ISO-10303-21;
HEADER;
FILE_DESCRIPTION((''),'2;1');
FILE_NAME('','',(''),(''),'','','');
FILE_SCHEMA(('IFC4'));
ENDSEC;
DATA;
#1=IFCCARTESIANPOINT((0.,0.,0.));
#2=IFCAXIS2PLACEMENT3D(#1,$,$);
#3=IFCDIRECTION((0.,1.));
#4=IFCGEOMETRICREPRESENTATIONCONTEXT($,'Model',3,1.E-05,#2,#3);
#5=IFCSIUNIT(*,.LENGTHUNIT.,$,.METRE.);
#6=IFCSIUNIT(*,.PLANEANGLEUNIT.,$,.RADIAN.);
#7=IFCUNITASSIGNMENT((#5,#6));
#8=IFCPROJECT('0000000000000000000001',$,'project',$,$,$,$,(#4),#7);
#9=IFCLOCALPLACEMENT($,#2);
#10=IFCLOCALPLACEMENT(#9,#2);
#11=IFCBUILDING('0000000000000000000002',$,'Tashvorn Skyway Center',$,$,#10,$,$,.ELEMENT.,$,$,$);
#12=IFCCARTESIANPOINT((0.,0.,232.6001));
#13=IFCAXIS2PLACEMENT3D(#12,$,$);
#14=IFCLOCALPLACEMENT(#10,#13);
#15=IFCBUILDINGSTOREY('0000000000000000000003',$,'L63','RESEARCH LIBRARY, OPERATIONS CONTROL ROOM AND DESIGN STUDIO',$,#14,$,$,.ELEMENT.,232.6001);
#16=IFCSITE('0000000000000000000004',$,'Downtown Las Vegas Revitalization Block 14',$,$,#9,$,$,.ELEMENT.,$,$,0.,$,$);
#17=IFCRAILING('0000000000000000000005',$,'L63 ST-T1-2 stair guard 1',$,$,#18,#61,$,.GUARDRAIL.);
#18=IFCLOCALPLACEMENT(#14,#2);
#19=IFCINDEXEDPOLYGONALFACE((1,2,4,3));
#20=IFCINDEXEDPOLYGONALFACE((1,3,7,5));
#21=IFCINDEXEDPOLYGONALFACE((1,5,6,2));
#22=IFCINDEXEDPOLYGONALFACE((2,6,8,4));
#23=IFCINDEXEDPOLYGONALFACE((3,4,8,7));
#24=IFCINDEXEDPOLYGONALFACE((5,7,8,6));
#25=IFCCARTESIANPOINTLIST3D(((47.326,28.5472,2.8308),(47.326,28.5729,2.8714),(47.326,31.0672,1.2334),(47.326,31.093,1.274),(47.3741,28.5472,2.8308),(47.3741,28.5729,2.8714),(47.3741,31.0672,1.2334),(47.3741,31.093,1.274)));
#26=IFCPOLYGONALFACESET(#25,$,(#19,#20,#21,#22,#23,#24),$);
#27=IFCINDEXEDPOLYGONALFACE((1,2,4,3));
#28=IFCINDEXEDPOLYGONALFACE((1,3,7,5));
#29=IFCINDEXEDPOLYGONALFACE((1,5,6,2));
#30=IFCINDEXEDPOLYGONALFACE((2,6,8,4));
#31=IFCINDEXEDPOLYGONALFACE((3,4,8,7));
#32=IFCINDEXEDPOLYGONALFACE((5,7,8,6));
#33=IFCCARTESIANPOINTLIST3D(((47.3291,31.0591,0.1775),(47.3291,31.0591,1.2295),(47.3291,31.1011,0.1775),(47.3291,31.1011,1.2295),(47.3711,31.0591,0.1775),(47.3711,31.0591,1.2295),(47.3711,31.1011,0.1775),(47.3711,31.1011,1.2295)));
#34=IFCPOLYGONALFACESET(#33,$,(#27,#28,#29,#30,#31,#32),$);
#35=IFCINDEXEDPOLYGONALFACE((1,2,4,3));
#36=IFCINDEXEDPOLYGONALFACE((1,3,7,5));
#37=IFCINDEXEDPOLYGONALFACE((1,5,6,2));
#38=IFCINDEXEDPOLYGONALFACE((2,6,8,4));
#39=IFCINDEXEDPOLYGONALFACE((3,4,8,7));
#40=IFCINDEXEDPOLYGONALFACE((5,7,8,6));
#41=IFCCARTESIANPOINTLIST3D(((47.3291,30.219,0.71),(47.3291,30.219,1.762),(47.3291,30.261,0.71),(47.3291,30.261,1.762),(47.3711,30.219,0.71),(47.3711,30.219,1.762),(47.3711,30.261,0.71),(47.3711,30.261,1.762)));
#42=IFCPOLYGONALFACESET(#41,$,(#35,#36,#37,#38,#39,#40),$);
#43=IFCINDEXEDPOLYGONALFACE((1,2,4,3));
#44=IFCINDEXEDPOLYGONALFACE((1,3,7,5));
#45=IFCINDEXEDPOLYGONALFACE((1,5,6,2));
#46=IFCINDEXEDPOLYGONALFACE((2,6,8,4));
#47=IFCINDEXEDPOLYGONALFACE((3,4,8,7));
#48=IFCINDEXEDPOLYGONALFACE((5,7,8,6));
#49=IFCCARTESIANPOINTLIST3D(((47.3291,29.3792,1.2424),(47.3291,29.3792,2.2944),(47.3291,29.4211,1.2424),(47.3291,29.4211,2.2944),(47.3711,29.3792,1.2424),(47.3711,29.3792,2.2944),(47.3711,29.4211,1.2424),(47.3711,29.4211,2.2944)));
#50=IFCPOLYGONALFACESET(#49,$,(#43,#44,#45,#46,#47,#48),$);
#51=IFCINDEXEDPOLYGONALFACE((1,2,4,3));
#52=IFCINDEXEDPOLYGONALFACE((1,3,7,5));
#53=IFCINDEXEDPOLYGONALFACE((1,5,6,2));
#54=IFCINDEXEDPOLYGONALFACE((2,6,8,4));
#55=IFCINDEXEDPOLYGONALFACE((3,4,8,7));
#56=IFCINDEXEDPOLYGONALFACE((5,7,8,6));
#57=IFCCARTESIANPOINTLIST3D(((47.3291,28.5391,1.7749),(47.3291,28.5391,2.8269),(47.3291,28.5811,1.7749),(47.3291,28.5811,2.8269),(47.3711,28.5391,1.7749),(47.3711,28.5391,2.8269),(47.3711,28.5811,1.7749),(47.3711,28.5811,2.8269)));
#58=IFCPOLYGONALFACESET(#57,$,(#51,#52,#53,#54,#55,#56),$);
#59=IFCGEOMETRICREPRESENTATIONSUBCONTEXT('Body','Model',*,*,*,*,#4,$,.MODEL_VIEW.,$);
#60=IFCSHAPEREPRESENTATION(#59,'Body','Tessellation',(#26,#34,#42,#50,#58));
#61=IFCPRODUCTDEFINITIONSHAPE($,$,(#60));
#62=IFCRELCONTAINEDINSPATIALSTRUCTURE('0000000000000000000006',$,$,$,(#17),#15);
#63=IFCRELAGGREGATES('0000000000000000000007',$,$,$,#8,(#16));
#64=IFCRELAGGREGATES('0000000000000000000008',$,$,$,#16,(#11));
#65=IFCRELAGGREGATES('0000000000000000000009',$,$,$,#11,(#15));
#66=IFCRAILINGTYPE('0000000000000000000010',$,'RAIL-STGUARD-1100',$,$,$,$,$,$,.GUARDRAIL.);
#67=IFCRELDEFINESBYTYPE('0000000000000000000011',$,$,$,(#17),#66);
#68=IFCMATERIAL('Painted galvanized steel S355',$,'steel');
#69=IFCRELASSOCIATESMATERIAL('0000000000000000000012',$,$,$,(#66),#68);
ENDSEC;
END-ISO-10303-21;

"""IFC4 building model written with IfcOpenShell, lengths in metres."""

from ifc_helpers import new_model, si_unit, direction, frame, origin, origin_2d, place, context, subcontext, project, spatial, rectangle, extrude, material, type_object, element, save


model = new_model("IFC4")

# Units and contexts
model_context = context("Model", 3, precision=1e-05, world=origin(), true_north=direction((0.0, 1.0)))
body_context = subcontext(model_context, "Body", "Model", "MODEL_VIEW")
ifc_project = project(units=[si_unit("LENGTHUNIT", "METRE"), si_unit("PLANEANGLEUNIT", "RADIAN")], contexts=[model_context])

# Site, building, storey
site_placement = place(None, origin())
site = spatial("IfcSite", under=ifc_project, at=site_placement, Name="Downtown Las Vegas Revitalization Block 14", CompositionType="ELEMENT", RefElevation=0.0)
building_placement = place(site_placement, origin())
building = spatial("IfcBuilding", under=site, at=building_placement, Name="Tashvorn Skyway Center", CompositionType="ELEMENT")
storey_placement = place(building_placement, frame((0.0, 0.0, 232.6001)))
storey = spatial("IfcBuildingStorey", under=building, at=storey_placement, Name="L63", Description="RESEARCH LIBRARY, OPERATIONS CONTROL ROOM AND DESIGN STUDIO", CompositionType="ELEMENT", Elevation=232.6001)

# Railing
ifc_material_1 = material(Name="Painted galvanized steel S355", Category="steel")
railing_type_1 = type_object("IfcRailingType", Name="RAIL-STGUARD-1100", PredefinedType="GUARDRAIL", material=ifc_material_1)
railing_1_placement = place(storey_placement, frame((47.3501, 31.0801, 0.1775)))
element("IfcRailing", 1, at=railing_1_placement, inside=storey, type_object=railing_type_1, Name="L63 ST-T1-2 stair guard 1", PredefinedType="GUARDRAIL", context=body_context, shape_type="SweptSolid", body=[
    extrude(rectangle(XDim=0.0481, YDim=0.0481, at=origin_2d()), frame((0.0, 0.0, 1.0762), z_axis=(0.0, -0.844607, 0.535387), x_axis=(1.0, 0.0, 0.0)), (0.0, 0.0, 1.0), 2.9836),
    extrude(rectangle(XDim=0.042, YDim=0.042, at=origin_2d()), origin(), (0.0, 0.0, 1.0), 1.052),
    extrude(rectangle(XDim=0.042, YDim=0.042, at=origin_2d()), frame((0.0, -0.8401, 0.5325)), (0.0, 0.0, 1.0), 1.052),
    extrude(rectangle(XDim=0.042, YDim=0.042, at=origin_2d()), frame((0.0, -1.6799, 1.0649)), (0.0, 0.0, 1.0), 1.052),
    extrude(rectangle(XDim=0.042, YDim=0.042, at=origin_2d()), frame((0.0, -2.52, 1.5974)), (0.0, 0.0, 1.0), 1.052),
])

save(model, "model.ifc")
